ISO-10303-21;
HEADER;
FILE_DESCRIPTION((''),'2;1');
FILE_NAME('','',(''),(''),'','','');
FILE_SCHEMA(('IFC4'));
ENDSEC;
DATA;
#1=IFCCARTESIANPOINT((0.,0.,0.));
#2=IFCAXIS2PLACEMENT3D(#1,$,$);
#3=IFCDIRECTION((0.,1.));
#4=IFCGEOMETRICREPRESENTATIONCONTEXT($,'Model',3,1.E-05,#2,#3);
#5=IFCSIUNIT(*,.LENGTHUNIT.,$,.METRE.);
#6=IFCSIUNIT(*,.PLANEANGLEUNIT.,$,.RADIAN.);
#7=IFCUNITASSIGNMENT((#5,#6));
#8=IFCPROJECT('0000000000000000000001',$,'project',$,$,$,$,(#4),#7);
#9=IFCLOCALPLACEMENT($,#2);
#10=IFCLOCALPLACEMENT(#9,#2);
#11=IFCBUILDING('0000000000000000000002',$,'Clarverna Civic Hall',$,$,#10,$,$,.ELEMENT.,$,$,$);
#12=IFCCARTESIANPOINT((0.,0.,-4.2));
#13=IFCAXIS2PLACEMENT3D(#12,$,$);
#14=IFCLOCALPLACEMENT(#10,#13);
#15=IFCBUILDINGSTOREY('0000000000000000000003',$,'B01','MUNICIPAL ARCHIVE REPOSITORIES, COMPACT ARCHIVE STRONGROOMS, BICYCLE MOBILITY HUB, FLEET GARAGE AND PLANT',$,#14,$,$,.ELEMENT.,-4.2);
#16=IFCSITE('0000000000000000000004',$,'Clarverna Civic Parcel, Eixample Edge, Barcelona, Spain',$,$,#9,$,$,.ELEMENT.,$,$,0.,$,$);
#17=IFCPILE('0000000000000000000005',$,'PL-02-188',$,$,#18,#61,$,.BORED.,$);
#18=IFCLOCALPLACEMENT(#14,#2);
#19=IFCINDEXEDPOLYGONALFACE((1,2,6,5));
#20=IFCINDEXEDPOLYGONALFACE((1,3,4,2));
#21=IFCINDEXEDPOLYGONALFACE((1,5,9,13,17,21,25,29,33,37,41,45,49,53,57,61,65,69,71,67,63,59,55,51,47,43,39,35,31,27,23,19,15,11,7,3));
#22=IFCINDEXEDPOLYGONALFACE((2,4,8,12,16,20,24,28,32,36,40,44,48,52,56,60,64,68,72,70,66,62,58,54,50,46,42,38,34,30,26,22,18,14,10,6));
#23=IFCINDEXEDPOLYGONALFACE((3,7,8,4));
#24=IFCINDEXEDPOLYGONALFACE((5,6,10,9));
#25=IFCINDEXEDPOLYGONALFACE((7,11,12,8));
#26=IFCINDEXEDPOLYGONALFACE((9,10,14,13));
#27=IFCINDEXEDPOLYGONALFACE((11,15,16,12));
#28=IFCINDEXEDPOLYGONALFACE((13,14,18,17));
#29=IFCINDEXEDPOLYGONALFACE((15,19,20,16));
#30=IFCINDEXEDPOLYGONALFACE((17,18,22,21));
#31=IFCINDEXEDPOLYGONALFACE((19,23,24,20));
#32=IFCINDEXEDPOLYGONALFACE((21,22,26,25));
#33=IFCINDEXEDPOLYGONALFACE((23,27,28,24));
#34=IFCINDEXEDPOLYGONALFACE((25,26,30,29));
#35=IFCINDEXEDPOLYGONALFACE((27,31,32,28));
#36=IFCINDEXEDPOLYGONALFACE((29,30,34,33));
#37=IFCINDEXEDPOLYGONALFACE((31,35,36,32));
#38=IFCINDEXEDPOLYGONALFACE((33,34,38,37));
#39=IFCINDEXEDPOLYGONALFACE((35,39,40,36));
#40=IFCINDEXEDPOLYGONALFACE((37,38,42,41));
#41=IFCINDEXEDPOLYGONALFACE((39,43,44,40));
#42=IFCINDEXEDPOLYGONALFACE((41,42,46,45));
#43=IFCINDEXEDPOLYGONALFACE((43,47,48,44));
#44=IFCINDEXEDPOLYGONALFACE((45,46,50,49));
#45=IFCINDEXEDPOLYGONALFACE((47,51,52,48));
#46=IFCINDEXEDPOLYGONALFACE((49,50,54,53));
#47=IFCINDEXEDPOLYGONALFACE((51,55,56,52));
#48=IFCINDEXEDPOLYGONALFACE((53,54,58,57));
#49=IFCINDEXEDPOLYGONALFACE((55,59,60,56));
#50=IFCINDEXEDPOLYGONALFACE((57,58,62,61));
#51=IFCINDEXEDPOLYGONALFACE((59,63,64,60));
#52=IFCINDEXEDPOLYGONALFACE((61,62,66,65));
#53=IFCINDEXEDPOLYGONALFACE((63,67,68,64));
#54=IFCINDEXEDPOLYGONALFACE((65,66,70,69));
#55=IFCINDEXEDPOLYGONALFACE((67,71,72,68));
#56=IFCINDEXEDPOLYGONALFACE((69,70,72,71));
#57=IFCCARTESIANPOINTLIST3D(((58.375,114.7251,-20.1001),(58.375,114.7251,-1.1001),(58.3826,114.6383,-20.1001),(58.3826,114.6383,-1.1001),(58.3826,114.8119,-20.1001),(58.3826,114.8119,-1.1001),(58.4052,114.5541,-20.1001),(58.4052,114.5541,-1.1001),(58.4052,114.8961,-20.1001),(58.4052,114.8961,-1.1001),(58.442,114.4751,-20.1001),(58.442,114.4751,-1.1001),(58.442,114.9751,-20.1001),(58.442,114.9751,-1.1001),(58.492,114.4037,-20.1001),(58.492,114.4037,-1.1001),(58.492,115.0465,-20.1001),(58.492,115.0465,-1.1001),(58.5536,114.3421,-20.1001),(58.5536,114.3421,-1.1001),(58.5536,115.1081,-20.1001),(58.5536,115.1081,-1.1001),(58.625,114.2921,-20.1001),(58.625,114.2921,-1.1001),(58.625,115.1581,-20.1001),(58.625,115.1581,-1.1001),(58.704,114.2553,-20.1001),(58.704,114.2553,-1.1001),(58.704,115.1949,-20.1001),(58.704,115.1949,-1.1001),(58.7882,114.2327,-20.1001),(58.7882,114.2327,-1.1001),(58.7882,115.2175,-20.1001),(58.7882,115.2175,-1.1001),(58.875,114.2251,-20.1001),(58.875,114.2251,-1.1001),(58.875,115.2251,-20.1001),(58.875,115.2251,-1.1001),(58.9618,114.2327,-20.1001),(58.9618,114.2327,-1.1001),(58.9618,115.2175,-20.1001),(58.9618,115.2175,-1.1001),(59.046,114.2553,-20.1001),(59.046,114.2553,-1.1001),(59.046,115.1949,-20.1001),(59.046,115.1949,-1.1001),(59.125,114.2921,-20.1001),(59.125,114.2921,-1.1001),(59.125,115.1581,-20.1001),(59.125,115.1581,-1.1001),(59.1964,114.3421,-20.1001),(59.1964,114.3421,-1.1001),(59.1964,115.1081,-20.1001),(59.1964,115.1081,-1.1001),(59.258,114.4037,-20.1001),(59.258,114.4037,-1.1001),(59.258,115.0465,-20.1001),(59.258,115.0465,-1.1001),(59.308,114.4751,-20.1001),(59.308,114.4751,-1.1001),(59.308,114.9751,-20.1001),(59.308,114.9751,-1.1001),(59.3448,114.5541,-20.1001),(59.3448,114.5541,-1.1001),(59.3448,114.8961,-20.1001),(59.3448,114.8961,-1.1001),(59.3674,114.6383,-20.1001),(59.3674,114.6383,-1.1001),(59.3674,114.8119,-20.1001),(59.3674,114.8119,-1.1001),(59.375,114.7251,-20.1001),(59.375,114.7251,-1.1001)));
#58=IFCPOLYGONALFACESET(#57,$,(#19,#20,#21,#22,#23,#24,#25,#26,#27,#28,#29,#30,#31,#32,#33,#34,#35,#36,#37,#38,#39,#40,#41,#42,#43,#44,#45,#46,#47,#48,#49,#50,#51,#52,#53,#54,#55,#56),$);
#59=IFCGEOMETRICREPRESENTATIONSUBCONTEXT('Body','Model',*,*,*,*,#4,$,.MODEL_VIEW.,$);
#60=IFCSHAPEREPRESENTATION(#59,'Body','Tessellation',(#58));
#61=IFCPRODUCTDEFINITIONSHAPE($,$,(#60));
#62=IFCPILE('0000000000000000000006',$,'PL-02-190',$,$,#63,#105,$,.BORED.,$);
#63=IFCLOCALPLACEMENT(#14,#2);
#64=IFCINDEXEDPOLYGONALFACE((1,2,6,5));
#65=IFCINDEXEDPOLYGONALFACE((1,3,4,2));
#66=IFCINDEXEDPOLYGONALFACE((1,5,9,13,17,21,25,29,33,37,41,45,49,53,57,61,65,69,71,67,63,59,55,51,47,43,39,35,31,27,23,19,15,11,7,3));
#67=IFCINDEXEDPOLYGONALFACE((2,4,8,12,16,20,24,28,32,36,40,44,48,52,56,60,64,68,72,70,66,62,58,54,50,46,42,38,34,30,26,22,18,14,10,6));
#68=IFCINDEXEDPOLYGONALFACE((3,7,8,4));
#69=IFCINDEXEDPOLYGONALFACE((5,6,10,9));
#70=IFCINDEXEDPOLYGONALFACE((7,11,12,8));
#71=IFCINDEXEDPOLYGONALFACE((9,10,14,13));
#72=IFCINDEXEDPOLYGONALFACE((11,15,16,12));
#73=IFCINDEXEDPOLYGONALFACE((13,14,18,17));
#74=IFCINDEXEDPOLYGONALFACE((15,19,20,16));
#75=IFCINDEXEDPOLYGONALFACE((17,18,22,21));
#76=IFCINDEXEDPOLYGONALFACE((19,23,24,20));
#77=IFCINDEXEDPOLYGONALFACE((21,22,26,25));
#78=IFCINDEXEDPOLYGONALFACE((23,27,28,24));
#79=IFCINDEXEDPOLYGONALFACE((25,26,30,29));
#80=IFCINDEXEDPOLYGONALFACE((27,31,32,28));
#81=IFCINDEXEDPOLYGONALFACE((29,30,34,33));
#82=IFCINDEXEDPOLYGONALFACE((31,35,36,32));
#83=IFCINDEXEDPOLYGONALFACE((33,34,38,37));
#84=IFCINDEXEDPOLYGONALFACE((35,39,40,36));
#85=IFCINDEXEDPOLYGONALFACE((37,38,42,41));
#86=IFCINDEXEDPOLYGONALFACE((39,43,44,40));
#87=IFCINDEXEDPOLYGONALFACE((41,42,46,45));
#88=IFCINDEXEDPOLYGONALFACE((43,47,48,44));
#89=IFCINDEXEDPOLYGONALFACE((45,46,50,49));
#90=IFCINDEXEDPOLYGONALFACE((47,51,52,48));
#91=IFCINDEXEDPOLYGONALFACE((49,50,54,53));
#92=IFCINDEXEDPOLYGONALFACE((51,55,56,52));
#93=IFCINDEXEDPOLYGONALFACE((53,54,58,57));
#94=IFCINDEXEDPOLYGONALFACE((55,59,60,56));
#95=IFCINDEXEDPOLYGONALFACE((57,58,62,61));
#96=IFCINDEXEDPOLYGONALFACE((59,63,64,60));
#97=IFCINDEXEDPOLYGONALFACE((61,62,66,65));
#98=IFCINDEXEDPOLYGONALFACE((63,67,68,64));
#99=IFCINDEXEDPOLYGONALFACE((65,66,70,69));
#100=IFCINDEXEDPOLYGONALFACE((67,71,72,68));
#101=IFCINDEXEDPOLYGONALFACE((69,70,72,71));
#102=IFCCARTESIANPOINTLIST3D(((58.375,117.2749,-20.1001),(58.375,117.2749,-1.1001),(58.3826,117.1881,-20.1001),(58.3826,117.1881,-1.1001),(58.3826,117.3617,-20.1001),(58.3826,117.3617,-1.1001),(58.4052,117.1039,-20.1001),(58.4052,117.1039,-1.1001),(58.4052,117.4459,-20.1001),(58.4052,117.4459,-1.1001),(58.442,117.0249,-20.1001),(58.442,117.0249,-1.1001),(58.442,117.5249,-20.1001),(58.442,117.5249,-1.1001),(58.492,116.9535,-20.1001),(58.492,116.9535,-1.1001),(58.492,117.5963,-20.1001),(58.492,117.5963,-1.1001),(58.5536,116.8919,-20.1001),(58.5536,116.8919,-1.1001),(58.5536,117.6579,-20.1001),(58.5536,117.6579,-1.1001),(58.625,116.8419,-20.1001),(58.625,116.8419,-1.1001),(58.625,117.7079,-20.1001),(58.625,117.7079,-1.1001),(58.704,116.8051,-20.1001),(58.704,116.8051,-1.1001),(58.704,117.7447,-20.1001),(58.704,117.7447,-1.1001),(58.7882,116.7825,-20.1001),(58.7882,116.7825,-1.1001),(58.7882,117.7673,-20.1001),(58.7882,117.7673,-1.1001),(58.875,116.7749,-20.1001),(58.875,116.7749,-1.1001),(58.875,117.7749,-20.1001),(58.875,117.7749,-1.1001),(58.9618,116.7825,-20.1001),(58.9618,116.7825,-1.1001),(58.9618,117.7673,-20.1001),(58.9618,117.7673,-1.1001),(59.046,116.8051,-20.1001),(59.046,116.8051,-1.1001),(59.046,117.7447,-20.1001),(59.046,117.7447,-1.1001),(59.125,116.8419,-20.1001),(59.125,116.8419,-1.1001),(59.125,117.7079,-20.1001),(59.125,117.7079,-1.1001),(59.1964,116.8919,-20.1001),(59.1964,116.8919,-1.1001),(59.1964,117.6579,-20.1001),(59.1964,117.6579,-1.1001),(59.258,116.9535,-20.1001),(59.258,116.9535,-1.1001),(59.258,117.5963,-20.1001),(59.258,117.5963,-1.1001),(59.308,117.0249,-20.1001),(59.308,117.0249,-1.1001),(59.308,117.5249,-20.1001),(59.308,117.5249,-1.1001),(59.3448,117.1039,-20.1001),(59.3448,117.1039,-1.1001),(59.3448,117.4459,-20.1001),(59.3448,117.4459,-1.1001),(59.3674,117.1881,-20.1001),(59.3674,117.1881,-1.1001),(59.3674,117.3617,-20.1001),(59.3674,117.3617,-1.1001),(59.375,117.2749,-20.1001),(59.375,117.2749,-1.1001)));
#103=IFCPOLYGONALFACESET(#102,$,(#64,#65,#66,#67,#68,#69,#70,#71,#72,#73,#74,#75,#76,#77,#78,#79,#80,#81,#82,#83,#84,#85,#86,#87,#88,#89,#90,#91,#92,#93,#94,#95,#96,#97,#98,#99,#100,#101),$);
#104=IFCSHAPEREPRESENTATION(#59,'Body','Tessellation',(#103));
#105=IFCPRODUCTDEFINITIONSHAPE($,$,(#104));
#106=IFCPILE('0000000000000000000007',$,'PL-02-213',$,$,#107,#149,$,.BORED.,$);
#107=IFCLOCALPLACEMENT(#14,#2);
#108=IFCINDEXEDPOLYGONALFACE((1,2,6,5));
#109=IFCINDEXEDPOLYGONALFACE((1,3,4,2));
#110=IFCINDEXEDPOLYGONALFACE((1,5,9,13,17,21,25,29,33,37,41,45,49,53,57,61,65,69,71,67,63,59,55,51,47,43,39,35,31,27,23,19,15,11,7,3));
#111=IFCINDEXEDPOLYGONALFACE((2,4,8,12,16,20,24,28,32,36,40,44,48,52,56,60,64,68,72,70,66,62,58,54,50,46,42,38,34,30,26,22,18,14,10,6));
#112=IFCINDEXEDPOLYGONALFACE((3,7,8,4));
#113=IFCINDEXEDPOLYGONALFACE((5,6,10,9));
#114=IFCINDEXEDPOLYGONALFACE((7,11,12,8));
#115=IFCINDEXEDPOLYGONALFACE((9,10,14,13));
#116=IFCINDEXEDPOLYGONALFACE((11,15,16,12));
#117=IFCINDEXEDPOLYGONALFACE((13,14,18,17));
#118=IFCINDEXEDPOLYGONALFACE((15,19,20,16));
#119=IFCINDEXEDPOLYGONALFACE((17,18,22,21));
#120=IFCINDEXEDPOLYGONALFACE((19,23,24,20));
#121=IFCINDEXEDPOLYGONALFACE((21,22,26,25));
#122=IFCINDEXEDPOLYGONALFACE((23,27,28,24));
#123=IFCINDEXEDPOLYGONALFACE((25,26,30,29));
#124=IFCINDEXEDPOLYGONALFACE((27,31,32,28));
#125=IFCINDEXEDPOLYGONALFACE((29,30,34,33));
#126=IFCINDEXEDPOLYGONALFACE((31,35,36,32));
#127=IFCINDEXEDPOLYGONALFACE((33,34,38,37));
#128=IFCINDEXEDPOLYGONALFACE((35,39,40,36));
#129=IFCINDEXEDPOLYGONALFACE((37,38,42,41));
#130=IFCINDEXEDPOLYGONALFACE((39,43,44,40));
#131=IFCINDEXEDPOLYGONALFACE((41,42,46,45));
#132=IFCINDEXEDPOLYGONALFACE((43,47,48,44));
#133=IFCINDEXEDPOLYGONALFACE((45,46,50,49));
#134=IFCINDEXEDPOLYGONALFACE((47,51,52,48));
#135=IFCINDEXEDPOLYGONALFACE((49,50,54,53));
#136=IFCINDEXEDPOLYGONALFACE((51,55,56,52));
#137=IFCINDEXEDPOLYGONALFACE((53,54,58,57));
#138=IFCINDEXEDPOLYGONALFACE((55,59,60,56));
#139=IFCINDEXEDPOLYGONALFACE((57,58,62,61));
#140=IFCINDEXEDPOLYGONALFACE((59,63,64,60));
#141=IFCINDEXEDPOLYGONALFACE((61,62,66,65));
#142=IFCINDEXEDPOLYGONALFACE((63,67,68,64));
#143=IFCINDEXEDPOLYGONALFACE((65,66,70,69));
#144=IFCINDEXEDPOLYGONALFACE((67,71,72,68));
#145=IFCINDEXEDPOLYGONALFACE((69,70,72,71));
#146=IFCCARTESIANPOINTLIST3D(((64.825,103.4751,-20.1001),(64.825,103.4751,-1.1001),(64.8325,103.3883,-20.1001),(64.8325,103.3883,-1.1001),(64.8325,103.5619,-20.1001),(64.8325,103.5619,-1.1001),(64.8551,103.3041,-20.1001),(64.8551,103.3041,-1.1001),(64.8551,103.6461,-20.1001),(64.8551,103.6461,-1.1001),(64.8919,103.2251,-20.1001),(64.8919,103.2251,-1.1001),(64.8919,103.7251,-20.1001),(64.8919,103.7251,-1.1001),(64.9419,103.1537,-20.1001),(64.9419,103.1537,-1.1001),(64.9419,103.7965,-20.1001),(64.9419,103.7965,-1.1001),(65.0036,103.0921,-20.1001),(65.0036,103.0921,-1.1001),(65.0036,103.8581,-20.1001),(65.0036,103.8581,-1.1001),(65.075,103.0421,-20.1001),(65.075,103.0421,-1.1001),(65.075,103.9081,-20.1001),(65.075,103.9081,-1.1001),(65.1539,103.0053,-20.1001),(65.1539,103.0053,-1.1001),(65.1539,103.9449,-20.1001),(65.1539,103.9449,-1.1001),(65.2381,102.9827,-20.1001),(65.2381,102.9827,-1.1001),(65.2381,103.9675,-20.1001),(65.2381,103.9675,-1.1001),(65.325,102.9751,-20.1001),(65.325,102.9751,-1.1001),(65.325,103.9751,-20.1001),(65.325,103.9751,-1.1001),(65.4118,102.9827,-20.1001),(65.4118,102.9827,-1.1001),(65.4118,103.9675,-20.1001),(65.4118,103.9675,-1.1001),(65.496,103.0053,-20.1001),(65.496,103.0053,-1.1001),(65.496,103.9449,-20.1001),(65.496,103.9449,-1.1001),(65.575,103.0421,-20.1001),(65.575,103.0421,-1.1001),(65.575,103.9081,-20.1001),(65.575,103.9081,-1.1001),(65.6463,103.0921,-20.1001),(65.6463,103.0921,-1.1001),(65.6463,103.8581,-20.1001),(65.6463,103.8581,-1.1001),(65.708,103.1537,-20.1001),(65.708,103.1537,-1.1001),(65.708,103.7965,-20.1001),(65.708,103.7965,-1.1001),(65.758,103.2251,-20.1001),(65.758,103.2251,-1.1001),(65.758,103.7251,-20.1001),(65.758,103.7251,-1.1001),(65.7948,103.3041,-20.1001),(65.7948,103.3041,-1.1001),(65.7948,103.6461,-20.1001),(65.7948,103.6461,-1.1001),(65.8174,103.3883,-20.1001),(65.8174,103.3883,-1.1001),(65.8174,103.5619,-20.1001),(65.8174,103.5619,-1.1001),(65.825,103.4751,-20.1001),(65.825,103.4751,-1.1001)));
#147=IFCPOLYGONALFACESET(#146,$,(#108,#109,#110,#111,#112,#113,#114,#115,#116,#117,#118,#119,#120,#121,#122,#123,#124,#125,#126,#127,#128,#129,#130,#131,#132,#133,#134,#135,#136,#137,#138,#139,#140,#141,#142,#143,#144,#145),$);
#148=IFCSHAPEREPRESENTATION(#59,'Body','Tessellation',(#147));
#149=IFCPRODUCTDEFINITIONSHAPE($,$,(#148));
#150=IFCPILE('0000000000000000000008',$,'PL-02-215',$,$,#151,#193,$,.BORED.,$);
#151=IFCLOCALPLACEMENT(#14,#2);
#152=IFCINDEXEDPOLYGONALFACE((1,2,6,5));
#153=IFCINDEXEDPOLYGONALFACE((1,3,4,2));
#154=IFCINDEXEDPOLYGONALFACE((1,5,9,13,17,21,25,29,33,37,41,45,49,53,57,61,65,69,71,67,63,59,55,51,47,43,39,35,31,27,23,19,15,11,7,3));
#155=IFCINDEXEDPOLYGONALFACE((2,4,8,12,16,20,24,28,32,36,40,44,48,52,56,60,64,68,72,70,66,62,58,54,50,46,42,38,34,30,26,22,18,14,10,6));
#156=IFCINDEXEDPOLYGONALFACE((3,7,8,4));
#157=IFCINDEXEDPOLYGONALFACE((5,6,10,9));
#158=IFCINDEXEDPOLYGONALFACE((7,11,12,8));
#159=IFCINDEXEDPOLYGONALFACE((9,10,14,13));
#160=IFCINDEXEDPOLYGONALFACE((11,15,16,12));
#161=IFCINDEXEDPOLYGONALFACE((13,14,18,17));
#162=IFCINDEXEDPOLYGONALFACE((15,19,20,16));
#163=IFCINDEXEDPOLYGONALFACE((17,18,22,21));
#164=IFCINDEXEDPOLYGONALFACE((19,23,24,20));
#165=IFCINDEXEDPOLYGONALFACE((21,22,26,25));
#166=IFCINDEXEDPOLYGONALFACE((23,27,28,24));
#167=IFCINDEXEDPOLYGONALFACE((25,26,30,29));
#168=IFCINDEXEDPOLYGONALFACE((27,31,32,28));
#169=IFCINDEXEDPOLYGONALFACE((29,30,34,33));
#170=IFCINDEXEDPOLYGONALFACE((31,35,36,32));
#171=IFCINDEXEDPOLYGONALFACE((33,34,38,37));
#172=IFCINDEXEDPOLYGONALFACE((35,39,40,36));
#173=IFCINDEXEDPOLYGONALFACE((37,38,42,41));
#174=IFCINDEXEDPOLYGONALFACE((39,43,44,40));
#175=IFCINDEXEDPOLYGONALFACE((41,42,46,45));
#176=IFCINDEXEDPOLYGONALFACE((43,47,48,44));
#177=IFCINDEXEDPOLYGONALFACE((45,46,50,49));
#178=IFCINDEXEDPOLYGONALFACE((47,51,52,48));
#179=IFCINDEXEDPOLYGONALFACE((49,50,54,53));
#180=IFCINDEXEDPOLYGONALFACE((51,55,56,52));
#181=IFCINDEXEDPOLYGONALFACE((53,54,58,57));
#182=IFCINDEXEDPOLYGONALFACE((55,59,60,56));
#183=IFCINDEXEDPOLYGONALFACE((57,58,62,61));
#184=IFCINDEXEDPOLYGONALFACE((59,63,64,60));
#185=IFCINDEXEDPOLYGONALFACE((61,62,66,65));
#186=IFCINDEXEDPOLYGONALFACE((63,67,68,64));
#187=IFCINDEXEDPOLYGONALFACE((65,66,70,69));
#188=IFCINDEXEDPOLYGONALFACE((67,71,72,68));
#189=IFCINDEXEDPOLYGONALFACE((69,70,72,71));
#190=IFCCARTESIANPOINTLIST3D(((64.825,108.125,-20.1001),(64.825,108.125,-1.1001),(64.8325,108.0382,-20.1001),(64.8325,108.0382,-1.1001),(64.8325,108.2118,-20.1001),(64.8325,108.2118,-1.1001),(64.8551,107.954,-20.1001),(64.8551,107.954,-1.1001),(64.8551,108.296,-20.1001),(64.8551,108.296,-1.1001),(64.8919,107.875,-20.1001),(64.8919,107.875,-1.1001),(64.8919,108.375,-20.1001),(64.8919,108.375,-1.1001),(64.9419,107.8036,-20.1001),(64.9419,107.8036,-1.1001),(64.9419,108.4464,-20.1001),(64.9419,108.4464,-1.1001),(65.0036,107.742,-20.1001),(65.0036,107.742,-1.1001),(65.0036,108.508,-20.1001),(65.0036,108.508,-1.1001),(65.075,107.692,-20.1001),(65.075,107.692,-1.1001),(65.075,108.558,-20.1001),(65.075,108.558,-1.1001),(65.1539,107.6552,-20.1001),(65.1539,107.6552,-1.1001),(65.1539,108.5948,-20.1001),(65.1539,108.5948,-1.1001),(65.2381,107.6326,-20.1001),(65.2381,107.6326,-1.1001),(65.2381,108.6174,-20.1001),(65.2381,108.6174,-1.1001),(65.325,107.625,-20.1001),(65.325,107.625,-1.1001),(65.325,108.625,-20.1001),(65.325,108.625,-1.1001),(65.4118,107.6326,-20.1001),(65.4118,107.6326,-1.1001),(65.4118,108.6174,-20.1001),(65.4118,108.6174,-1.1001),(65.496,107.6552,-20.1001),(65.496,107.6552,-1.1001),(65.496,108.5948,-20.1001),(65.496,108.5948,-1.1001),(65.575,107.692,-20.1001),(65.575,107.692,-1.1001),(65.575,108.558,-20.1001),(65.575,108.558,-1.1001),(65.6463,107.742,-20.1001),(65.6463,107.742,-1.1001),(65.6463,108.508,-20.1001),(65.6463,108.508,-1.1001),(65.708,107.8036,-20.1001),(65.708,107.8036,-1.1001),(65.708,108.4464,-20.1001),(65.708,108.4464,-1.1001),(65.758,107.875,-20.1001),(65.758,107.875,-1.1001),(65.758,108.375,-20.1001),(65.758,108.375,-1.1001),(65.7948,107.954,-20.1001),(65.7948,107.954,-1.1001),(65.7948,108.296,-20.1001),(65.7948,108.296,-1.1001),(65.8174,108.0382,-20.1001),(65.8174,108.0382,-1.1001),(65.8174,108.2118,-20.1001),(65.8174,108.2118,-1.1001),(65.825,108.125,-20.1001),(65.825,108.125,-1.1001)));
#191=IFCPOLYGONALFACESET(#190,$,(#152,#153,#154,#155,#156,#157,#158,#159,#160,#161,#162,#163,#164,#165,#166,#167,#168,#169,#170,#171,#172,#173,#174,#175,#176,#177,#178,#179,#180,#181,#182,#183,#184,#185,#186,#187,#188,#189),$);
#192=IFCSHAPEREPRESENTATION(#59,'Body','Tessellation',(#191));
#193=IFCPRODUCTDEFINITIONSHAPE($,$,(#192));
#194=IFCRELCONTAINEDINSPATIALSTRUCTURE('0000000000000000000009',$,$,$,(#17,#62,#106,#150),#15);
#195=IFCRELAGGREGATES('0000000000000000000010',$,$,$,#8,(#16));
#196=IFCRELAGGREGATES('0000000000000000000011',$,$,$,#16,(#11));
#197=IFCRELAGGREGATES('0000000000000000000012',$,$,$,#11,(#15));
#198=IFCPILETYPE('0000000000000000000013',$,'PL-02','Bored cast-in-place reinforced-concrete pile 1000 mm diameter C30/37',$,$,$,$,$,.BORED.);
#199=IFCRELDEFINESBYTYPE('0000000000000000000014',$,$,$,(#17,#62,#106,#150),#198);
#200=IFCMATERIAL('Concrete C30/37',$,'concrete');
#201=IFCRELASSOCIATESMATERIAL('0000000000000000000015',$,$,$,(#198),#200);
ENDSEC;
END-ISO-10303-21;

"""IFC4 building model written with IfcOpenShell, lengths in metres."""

from ifc_helpers import new_model, si_unit, direction, frame, origin, origin_2d, place, context, subcontext, project, spatial, circle, extrude, material, material_profile, profile_set, type_object, element, save


model = new_model("IFC4")

# Units and contexts
model_context = context("Model", 3, precision=1e-05, world=origin(), true_north=direction((0.0, 1.0)))
body_context = subcontext(model_context, "Body", "Model", "MODEL_VIEW")
ifc_project = project(units=[si_unit("LENGTHUNIT", "METRE"), si_unit("PLANEANGLEUNIT", "RADIAN")], contexts=[model_context])

# Site, building, storey
site_placement = place(None, origin())
site = spatial("IfcSite", under=ifc_project, at=site_placement, Name="Clarverna Civic Parcel, Eixample Edge, Barcelona, Spain", CompositionType="ELEMENT", RefElevation=0.0)
building_placement = place(site_placement, origin())
building = spatial("IfcBuilding", under=site, at=building_placement, Name="Clarverna Civic Hall", CompositionType="ELEMENT")
storey_placement = place(building_placement, frame((0.0, 0.0, -4.2)))
storey = spatial("IfcBuildingStorey", under=building, at=storey_placement, Name="B01", Description="MUNICIPAL ARCHIVE REPOSITORIES, COMPACT ARCHIVE STRONGROOMS, BICYCLE MOBILITY HUB, FLEET GARAGE AND PLANT", CompositionType="ELEMENT", Elevation=-4.2)

# Shared definitions
ifc_material_1 = material(Name="Concrete C30/37", Category="concrete")

# Piles
ifc_material_profile_1 = material_profile(ifc_material_1, circle(Radius=0.5, at=origin_2d()), Name="BORED PILE D1000")
ifc_profile_set_1 = profile_set([ifc_material_profile_1], Name="Concrete C30/37")
pile_type_1 = type_object("IfcPileType", Name="PL-02", Description="Bored cast-in-place reinforced-concrete pile 1000 mm diameter C30/37", PredefinedType="BORED", material=ifc_profile_set_1)
for number, where, z_axis, x_axis, name in (
    (1, (58.875, 114.7251, -1.1001), (0.0, 0.0, -1.0), (1.0, 0.0, 0.0), "PL-02-188"),
    (2, (58.875, 117.2749, -1.1001), (0.0, 0.0, -1.0), (1.0, 0.0, 0.0), "PL-02-190"),
    (3, (65.325, 103.4751, -1.1001), (0.0, 0.0, -1.0), (1.0, 0.0, 0.0), "PL-02-213"),
    (4, (65.325, 108.125, -1.1001), (0.0, 0.0, -1.0), (1.0, 0.0, 0.0), "PL-02-215"),
):
    element("IfcPile", number, at=place(storey_placement, frame(where, z_axis=z_axis, x_axis=x_axis)), inside=storey, type_object=pile_type_1, Name=name, PredefinedType="BORED", context=body_context, shape_type="SweptSolid", body=[
        extrude(circle(Radius=0.5, at=origin_2d()), origin(), (0.0, 0.0, 1.0), 19.0),
    ])

save(model, "model.ifc")
